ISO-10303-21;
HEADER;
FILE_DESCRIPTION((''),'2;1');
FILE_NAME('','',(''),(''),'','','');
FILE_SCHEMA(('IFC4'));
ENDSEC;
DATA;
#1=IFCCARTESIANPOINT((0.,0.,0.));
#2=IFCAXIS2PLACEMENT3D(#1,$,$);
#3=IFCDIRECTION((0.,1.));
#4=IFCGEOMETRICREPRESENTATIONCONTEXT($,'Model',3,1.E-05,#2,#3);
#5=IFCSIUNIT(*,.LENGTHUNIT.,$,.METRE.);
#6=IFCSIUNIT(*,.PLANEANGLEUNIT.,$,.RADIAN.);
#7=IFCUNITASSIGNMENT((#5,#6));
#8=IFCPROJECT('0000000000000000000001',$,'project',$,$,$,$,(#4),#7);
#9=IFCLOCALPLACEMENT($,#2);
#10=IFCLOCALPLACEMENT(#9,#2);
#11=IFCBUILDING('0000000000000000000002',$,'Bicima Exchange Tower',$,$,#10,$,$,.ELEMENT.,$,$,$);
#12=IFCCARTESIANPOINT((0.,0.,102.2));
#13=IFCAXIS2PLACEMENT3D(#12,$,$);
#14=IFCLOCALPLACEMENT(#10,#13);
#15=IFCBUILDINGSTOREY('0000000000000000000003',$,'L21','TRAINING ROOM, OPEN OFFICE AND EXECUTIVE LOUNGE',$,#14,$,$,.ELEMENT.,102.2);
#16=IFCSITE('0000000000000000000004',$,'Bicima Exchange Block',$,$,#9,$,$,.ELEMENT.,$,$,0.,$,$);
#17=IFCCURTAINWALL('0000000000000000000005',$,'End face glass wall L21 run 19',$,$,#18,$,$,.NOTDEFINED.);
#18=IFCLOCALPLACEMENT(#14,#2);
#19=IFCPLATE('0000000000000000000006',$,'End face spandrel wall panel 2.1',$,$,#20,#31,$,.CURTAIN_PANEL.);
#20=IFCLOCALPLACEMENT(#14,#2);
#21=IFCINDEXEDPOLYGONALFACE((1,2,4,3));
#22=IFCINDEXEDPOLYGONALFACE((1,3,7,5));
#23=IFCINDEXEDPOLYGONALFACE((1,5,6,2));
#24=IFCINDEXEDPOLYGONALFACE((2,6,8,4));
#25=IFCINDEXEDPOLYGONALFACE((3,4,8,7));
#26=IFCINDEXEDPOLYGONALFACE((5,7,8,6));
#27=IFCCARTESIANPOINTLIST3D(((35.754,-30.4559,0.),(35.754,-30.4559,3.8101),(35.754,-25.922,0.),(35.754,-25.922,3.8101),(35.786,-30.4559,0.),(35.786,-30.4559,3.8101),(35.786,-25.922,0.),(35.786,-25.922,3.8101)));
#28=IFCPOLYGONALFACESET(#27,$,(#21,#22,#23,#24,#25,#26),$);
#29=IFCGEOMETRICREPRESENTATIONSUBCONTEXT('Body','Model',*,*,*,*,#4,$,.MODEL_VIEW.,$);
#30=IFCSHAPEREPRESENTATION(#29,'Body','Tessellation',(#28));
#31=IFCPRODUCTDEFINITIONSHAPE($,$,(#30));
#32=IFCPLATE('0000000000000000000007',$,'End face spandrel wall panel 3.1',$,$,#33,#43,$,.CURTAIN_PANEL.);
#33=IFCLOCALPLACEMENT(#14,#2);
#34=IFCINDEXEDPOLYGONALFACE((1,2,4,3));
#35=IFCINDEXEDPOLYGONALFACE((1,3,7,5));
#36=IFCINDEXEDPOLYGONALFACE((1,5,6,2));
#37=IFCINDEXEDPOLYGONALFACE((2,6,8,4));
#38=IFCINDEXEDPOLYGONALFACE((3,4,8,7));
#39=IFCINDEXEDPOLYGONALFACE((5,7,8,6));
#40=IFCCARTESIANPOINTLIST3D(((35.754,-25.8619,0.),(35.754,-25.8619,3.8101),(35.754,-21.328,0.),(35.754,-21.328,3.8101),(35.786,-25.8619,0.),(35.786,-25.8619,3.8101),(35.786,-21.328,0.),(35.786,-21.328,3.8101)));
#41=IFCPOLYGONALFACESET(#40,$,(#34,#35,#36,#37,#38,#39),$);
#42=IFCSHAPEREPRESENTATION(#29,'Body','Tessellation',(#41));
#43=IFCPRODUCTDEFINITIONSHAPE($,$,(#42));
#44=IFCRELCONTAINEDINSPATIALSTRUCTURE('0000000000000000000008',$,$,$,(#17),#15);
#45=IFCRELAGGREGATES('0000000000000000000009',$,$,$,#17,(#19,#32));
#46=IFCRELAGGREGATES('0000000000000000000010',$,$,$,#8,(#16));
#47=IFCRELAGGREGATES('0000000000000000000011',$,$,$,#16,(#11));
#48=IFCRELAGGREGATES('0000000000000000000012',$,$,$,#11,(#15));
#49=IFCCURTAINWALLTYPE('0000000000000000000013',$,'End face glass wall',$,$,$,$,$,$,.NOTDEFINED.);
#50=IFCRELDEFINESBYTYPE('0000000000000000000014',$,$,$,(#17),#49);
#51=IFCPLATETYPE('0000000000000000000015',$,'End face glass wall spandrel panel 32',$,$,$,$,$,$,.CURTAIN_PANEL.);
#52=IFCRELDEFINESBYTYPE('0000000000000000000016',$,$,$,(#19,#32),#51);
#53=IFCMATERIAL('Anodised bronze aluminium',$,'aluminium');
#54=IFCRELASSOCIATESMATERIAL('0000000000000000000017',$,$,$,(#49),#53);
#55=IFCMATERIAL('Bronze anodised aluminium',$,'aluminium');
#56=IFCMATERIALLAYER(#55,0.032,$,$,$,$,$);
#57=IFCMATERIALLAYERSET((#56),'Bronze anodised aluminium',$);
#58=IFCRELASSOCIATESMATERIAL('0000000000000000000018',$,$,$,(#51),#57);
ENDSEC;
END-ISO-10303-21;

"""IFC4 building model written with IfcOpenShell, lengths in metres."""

from ifc_helpers import new_model, si_unit, direction, frame, origin, origin_2d, place, context, subcontext, project, spatial, rectangle, extrude, material, layer, layer_set, type_object, element, aggregate, save


model = new_model("IFC4")

# Units and contexts
model_context = context("Model", 3, precision=1e-05, world=origin(), true_north=direction((0.0, 1.0)))
body_context = subcontext(model_context, "Body", "Model", "MODEL_VIEW")
ifc_project = project(units=[si_unit("LENGTHUNIT", "METRE"), si_unit("PLANEANGLEUNIT", "RADIAN")], contexts=[model_context])

# Site, building, storey
site_placement = place(None, origin())
site = spatial("IfcSite", under=ifc_project, at=site_placement, Name="Bicima Exchange Block", CompositionType="ELEMENT", RefElevation=0.0)
building_placement = place(site_placement, origin())
building = spatial("IfcBuilding", under=site, at=building_placement, Name="Bicima Exchange Tower", CompositionType="ELEMENT")
storey_placement = place(building_placement, frame((0.0, 0.0, 102.2)))
storey = spatial("IfcBuildingStorey", under=building, at=storey_placement, Name="L21", Description="TRAINING ROOM, OPEN OFFICE AND EXECUTIVE LOUNGE", CompositionType="ELEMENT", Elevation=102.2)

# Curtain wall
ifc_material_1 = material(Name="Anodised bronze aluminium", Category="aluminium")
curtain_wall_type_1 = type_object("IfcCurtainWallType", Name="End face glass wall", PredefinedType="NOTDEFINED", material=ifc_material_1)
curtain_wall_1_placement = place(storey_placement, origin())
curtain_wall_1 = element("IfcCurtainWall", 1, at=curtain_wall_1_placement, inside=storey, type_object=curtain_wall_type_1, Name="End face glass wall L21 run 19", PredefinedType="NOTDEFINED")

# Plates
ifc_material_2 = material(Name="Bronze anodised aluminium", Category="aluminium")
ifc_layer_1 = layer(ifc_material_2, 0.032)
ifc_layer_set_1 = layer_set([ifc_layer_1], Name="Bronze anodised aluminium")
plate_type_1 = type_object("IfcPlateType", Name="End face glass wall spandrel panel 32", PredefinedType="CURTAIN_PANEL", material=ifc_layer_set_1)
plate_1_placement = place(storey_placement, frame((35.77, -28.189, 0.0), z_axis=(0.0, 0.0, 1.0), x_axis=(0.0, 1.0, 0.0)))
plate_1 = element("IfcPlate", 2, at=plate_1_placement, type_object=plate_type_1, Name="End face spandrel wall panel 2.1", PredefinedType="CURTAIN_PANEL", context=body_context, shape_type="SweptSolid", body=[
    extrude(rectangle(XDim=4.5339, YDim=0.032, at=origin_2d()), origin(), (0.0, 0.0, 1.0), 3.8101),
])
plate_2_placement = place(storey_placement, frame((35.77, -23.595, 0.0), z_axis=(0.0, 0.0, 1.0), x_axis=(0.0, 1.0, 0.0)))
plate_2 = element("IfcPlate", 3, at=plate_2_placement, type_object=plate_type_1, Name="End face spandrel wall panel 3.1", PredefinedType="CURTAIN_PANEL", context=body_context, shape_type="SweptSolid", body=[
    extrude(rectangle(XDim=4.5339, YDim=0.032, at=origin_2d()), origin(), (0.0, 0.0, 1.0), 3.8101),
])
aggregate(curtain_wall_1, [plate_1, plate_2])

save(model, "model.ifc")
